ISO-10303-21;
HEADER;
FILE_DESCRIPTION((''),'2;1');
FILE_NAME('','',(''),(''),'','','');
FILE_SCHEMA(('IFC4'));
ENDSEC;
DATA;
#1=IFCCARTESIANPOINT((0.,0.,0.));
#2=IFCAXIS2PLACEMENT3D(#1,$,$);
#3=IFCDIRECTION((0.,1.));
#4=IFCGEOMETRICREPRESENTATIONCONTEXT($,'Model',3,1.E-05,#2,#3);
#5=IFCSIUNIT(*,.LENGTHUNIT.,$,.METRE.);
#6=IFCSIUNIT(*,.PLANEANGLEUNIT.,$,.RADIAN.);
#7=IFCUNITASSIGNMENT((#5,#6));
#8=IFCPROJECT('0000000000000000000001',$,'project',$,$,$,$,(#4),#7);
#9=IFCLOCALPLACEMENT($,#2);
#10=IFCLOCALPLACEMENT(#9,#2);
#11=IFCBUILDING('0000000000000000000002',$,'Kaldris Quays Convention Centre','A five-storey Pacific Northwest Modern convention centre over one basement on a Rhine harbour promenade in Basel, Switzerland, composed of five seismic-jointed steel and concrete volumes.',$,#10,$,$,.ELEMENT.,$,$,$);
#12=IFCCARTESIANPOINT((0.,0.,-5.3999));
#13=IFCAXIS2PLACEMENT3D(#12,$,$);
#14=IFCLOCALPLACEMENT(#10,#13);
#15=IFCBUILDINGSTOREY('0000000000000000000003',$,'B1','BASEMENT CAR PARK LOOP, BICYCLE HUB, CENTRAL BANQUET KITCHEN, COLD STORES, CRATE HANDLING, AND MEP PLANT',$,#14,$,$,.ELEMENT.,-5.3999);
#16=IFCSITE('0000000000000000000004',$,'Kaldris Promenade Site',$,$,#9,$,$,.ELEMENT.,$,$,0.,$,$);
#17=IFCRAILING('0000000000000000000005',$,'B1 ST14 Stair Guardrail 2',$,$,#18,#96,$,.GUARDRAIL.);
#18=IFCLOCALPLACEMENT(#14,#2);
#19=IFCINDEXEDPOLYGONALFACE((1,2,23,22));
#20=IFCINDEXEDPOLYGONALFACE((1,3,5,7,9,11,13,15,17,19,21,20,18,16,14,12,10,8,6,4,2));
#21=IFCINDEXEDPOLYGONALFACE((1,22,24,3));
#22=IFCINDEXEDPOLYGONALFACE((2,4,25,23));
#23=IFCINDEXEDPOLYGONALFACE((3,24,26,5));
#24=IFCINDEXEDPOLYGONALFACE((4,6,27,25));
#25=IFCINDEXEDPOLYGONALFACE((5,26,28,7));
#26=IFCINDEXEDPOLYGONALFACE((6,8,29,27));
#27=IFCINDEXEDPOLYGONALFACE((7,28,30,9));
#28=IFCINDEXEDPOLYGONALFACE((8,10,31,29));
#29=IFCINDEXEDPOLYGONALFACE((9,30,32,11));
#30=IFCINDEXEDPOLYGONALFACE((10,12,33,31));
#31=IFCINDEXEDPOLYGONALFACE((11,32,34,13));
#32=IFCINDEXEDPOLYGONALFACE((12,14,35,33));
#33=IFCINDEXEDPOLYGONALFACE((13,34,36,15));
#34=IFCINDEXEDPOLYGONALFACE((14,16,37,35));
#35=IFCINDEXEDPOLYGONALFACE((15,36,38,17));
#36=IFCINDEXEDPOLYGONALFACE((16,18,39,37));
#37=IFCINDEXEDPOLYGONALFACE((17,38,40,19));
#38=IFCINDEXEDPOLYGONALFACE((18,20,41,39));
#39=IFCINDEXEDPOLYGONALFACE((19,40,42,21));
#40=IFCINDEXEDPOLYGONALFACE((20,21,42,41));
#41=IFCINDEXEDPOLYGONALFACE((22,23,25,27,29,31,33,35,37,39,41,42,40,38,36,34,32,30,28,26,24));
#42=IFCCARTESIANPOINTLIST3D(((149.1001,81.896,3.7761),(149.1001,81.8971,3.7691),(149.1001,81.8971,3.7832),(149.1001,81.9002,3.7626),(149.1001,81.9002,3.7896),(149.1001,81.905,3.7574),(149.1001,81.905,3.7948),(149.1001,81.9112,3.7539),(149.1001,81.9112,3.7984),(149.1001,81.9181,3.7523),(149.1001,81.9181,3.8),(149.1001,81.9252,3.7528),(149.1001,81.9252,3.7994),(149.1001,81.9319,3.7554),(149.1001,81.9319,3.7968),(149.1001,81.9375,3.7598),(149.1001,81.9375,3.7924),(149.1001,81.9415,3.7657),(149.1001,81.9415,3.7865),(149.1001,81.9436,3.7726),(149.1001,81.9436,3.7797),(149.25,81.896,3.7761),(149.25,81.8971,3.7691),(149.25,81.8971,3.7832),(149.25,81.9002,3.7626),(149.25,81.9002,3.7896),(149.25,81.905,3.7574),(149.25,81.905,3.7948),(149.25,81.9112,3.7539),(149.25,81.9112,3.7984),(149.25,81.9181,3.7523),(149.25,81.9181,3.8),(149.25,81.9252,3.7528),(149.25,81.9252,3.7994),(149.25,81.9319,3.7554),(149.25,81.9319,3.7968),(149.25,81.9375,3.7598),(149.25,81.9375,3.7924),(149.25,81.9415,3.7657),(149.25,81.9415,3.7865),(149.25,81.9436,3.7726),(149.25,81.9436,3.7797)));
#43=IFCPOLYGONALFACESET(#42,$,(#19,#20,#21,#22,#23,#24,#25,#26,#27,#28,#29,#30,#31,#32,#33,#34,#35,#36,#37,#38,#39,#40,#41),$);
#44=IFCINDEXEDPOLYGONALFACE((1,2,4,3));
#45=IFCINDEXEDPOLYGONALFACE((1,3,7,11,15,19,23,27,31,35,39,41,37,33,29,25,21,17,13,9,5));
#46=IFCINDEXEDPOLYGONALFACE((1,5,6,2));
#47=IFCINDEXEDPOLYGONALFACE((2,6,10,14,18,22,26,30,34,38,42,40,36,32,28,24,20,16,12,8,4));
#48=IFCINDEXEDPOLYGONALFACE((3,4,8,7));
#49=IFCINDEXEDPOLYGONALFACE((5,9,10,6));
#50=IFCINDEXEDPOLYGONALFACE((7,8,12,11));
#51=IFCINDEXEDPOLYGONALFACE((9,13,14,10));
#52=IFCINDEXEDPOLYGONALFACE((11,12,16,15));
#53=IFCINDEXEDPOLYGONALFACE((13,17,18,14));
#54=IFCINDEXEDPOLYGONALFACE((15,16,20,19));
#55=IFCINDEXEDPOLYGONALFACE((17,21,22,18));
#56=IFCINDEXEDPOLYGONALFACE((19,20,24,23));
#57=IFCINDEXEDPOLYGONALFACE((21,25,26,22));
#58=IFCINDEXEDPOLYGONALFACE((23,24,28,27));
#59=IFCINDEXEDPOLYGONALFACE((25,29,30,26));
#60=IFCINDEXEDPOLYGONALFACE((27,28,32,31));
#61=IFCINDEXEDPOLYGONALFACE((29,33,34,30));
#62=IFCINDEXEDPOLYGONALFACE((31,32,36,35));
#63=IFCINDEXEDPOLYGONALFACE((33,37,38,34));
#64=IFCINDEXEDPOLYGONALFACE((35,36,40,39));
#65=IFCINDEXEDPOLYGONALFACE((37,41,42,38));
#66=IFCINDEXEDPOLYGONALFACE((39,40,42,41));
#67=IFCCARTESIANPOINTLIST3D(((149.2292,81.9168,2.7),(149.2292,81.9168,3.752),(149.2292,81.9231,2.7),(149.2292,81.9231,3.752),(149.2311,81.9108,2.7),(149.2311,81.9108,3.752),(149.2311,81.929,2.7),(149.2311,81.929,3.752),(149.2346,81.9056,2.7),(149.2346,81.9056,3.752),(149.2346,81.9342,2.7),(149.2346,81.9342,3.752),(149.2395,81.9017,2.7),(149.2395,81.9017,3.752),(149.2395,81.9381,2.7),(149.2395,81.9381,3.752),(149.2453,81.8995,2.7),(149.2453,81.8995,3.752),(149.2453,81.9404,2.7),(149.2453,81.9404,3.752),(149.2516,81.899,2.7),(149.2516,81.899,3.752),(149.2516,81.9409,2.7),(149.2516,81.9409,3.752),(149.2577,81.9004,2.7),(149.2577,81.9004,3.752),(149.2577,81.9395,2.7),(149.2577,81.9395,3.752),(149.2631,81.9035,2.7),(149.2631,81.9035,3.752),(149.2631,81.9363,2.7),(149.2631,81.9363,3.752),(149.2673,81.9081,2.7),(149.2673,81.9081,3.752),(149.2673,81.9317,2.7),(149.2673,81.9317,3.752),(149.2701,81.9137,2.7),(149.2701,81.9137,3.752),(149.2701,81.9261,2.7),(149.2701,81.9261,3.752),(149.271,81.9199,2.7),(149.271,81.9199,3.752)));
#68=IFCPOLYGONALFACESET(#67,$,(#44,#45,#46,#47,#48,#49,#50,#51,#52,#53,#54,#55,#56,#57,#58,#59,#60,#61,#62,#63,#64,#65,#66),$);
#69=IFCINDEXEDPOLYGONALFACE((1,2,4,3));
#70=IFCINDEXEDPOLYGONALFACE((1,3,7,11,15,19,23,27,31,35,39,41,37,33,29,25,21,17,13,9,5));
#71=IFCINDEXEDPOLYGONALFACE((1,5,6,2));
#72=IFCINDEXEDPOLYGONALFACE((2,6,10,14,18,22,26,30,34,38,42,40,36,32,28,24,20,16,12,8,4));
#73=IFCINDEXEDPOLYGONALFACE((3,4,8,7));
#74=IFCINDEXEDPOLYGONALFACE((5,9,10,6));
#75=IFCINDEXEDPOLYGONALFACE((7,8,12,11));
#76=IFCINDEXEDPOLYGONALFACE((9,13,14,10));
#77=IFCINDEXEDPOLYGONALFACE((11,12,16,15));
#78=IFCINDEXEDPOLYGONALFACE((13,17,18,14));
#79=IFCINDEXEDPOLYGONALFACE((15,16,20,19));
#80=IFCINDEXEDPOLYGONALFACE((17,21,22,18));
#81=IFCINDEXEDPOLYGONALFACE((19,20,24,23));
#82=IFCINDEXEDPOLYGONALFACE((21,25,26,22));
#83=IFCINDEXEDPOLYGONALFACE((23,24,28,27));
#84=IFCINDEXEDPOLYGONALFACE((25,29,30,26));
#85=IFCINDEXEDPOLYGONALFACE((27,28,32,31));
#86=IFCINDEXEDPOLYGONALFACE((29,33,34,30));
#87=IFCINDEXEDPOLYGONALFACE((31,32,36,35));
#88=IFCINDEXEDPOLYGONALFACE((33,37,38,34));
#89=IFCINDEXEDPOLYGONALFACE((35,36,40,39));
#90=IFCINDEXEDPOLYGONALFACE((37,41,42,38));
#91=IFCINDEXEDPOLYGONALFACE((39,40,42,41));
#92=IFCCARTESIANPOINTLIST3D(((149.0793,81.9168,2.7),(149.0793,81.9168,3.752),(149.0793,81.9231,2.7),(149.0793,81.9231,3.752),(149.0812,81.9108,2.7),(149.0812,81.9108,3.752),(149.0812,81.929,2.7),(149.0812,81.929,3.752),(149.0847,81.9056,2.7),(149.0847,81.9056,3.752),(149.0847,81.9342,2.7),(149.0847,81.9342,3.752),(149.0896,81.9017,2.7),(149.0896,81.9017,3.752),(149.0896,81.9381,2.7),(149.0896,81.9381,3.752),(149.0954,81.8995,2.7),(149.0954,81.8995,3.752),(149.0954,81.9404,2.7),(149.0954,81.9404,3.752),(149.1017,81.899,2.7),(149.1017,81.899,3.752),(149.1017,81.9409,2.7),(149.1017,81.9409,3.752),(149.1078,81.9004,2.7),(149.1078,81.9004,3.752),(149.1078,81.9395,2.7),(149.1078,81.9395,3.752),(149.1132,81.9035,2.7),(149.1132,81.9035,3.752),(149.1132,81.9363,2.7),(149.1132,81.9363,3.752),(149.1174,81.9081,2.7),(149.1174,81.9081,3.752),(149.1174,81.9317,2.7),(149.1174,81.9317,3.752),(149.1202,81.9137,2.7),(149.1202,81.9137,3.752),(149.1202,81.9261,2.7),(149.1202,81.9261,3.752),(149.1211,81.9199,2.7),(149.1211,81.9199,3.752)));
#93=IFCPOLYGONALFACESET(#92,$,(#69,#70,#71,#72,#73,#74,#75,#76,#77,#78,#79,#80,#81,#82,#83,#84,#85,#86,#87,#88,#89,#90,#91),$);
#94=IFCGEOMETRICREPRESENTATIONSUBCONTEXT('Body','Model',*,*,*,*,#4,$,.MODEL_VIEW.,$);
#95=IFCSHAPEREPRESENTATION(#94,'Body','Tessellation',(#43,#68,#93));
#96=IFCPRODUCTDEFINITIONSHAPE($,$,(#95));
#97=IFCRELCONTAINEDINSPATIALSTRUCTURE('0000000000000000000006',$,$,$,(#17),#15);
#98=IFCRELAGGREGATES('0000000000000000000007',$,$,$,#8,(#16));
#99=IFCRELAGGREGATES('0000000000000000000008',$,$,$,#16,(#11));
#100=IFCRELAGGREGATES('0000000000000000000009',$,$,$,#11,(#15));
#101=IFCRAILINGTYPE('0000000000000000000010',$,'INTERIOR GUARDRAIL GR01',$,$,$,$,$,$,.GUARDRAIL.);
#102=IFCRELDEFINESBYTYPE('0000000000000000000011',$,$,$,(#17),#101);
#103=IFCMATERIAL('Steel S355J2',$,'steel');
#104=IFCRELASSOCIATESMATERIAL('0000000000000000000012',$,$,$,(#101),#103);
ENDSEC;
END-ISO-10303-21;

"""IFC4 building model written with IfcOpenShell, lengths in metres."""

from ifc_helpers import new_model, si_unit, direction, frame, origin, origin_2d, place, context, subcontext, project, spatial, circle, extrude, material, type_object, element, save


model = new_model("IFC4")

# Units and contexts
model_context = context("Model", 3, precision=1e-05, world=origin(), true_north=direction((0.0, 1.0)))
body_context = subcontext(model_context, "Body", "Model", "MODEL_VIEW")
ifc_project = project(units=[si_unit("LENGTHUNIT", "METRE"), si_unit("PLANEANGLEUNIT", "RADIAN")], contexts=[model_context])

# Site, building, storey
site_placement = place(None, origin())
site = spatial("IfcSite", under=ifc_project, at=site_placement, Name="Kaldris Promenade Site", CompositionType="ELEMENT", RefElevation=0.0)
building_placement = place(site_placement, origin())
building = spatial("IfcBuilding", under=site, at=building_placement, Name="Kaldris Quays Convention Centre", Description="A five-storey Pacific Northwest Modern convention centre over one basement on a Rhine harbour promenade in Basel, Switzerland, composed of five seismic-jointed steel and concrete volumes.", CompositionType="ELEMENT")
storey_placement = place(building_placement, frame((0.0, 0.0, -5.3999)))
storey = spatial("IfcBuildingStorey", under=building, at=storey_placement, Name="B1", Description="BASEMENT CAR PARK LOOP, BICYCLE HUB, CENTRAL BANQUET KITCHEN, COLD STORES, CRATE HANDLING, AND MEP PLANT", CompositionType="ELEMENT", Elevation=-5.3999)

# Shared definitions
ifc_material_1 = material(Name="Steel S355J2", Category="steel")

# Railing
railing_type_1 = type_object("IfcRailingType", Name="INTERIOR GUARDRAIL GR01", PredefinedType="GUARDRAIL", material=ifc_material_1)
railing_1_placement = place(storey_placement, frame((149.25, 81.9199, 2.7)))
element("IfcRailing", 1, at=railing_1_placement, inside=storey, type_object=railing_type_1, Name="B1 ST14 Stair Guardrail 2", PredefinedType="GUARDRAIL", context=body_context, shape_type="SweptSolid", body=[
    extrude(circle(Radius=0.0239, at=origin_2d()), frame((0.0, 0.0, 1.0762), z_axis=(-1.0, 0.0, 0.0), x_axis=(0.0, -1.0, 0.0)), (0.0, 0.0, 1.0), 0.1499),
    extrude(circle(Radius=0.021, at=origin_2d()), origin(), (0.0, 0.0, 1.0), 1.052),
    extrude(circle(Radius=0.021, at=origin_2d()), frame((-0.1499, 0.0, 0.0)), (0.0, 0.0, 1.0), 1.052),
])

save(model, "model.ifc")
